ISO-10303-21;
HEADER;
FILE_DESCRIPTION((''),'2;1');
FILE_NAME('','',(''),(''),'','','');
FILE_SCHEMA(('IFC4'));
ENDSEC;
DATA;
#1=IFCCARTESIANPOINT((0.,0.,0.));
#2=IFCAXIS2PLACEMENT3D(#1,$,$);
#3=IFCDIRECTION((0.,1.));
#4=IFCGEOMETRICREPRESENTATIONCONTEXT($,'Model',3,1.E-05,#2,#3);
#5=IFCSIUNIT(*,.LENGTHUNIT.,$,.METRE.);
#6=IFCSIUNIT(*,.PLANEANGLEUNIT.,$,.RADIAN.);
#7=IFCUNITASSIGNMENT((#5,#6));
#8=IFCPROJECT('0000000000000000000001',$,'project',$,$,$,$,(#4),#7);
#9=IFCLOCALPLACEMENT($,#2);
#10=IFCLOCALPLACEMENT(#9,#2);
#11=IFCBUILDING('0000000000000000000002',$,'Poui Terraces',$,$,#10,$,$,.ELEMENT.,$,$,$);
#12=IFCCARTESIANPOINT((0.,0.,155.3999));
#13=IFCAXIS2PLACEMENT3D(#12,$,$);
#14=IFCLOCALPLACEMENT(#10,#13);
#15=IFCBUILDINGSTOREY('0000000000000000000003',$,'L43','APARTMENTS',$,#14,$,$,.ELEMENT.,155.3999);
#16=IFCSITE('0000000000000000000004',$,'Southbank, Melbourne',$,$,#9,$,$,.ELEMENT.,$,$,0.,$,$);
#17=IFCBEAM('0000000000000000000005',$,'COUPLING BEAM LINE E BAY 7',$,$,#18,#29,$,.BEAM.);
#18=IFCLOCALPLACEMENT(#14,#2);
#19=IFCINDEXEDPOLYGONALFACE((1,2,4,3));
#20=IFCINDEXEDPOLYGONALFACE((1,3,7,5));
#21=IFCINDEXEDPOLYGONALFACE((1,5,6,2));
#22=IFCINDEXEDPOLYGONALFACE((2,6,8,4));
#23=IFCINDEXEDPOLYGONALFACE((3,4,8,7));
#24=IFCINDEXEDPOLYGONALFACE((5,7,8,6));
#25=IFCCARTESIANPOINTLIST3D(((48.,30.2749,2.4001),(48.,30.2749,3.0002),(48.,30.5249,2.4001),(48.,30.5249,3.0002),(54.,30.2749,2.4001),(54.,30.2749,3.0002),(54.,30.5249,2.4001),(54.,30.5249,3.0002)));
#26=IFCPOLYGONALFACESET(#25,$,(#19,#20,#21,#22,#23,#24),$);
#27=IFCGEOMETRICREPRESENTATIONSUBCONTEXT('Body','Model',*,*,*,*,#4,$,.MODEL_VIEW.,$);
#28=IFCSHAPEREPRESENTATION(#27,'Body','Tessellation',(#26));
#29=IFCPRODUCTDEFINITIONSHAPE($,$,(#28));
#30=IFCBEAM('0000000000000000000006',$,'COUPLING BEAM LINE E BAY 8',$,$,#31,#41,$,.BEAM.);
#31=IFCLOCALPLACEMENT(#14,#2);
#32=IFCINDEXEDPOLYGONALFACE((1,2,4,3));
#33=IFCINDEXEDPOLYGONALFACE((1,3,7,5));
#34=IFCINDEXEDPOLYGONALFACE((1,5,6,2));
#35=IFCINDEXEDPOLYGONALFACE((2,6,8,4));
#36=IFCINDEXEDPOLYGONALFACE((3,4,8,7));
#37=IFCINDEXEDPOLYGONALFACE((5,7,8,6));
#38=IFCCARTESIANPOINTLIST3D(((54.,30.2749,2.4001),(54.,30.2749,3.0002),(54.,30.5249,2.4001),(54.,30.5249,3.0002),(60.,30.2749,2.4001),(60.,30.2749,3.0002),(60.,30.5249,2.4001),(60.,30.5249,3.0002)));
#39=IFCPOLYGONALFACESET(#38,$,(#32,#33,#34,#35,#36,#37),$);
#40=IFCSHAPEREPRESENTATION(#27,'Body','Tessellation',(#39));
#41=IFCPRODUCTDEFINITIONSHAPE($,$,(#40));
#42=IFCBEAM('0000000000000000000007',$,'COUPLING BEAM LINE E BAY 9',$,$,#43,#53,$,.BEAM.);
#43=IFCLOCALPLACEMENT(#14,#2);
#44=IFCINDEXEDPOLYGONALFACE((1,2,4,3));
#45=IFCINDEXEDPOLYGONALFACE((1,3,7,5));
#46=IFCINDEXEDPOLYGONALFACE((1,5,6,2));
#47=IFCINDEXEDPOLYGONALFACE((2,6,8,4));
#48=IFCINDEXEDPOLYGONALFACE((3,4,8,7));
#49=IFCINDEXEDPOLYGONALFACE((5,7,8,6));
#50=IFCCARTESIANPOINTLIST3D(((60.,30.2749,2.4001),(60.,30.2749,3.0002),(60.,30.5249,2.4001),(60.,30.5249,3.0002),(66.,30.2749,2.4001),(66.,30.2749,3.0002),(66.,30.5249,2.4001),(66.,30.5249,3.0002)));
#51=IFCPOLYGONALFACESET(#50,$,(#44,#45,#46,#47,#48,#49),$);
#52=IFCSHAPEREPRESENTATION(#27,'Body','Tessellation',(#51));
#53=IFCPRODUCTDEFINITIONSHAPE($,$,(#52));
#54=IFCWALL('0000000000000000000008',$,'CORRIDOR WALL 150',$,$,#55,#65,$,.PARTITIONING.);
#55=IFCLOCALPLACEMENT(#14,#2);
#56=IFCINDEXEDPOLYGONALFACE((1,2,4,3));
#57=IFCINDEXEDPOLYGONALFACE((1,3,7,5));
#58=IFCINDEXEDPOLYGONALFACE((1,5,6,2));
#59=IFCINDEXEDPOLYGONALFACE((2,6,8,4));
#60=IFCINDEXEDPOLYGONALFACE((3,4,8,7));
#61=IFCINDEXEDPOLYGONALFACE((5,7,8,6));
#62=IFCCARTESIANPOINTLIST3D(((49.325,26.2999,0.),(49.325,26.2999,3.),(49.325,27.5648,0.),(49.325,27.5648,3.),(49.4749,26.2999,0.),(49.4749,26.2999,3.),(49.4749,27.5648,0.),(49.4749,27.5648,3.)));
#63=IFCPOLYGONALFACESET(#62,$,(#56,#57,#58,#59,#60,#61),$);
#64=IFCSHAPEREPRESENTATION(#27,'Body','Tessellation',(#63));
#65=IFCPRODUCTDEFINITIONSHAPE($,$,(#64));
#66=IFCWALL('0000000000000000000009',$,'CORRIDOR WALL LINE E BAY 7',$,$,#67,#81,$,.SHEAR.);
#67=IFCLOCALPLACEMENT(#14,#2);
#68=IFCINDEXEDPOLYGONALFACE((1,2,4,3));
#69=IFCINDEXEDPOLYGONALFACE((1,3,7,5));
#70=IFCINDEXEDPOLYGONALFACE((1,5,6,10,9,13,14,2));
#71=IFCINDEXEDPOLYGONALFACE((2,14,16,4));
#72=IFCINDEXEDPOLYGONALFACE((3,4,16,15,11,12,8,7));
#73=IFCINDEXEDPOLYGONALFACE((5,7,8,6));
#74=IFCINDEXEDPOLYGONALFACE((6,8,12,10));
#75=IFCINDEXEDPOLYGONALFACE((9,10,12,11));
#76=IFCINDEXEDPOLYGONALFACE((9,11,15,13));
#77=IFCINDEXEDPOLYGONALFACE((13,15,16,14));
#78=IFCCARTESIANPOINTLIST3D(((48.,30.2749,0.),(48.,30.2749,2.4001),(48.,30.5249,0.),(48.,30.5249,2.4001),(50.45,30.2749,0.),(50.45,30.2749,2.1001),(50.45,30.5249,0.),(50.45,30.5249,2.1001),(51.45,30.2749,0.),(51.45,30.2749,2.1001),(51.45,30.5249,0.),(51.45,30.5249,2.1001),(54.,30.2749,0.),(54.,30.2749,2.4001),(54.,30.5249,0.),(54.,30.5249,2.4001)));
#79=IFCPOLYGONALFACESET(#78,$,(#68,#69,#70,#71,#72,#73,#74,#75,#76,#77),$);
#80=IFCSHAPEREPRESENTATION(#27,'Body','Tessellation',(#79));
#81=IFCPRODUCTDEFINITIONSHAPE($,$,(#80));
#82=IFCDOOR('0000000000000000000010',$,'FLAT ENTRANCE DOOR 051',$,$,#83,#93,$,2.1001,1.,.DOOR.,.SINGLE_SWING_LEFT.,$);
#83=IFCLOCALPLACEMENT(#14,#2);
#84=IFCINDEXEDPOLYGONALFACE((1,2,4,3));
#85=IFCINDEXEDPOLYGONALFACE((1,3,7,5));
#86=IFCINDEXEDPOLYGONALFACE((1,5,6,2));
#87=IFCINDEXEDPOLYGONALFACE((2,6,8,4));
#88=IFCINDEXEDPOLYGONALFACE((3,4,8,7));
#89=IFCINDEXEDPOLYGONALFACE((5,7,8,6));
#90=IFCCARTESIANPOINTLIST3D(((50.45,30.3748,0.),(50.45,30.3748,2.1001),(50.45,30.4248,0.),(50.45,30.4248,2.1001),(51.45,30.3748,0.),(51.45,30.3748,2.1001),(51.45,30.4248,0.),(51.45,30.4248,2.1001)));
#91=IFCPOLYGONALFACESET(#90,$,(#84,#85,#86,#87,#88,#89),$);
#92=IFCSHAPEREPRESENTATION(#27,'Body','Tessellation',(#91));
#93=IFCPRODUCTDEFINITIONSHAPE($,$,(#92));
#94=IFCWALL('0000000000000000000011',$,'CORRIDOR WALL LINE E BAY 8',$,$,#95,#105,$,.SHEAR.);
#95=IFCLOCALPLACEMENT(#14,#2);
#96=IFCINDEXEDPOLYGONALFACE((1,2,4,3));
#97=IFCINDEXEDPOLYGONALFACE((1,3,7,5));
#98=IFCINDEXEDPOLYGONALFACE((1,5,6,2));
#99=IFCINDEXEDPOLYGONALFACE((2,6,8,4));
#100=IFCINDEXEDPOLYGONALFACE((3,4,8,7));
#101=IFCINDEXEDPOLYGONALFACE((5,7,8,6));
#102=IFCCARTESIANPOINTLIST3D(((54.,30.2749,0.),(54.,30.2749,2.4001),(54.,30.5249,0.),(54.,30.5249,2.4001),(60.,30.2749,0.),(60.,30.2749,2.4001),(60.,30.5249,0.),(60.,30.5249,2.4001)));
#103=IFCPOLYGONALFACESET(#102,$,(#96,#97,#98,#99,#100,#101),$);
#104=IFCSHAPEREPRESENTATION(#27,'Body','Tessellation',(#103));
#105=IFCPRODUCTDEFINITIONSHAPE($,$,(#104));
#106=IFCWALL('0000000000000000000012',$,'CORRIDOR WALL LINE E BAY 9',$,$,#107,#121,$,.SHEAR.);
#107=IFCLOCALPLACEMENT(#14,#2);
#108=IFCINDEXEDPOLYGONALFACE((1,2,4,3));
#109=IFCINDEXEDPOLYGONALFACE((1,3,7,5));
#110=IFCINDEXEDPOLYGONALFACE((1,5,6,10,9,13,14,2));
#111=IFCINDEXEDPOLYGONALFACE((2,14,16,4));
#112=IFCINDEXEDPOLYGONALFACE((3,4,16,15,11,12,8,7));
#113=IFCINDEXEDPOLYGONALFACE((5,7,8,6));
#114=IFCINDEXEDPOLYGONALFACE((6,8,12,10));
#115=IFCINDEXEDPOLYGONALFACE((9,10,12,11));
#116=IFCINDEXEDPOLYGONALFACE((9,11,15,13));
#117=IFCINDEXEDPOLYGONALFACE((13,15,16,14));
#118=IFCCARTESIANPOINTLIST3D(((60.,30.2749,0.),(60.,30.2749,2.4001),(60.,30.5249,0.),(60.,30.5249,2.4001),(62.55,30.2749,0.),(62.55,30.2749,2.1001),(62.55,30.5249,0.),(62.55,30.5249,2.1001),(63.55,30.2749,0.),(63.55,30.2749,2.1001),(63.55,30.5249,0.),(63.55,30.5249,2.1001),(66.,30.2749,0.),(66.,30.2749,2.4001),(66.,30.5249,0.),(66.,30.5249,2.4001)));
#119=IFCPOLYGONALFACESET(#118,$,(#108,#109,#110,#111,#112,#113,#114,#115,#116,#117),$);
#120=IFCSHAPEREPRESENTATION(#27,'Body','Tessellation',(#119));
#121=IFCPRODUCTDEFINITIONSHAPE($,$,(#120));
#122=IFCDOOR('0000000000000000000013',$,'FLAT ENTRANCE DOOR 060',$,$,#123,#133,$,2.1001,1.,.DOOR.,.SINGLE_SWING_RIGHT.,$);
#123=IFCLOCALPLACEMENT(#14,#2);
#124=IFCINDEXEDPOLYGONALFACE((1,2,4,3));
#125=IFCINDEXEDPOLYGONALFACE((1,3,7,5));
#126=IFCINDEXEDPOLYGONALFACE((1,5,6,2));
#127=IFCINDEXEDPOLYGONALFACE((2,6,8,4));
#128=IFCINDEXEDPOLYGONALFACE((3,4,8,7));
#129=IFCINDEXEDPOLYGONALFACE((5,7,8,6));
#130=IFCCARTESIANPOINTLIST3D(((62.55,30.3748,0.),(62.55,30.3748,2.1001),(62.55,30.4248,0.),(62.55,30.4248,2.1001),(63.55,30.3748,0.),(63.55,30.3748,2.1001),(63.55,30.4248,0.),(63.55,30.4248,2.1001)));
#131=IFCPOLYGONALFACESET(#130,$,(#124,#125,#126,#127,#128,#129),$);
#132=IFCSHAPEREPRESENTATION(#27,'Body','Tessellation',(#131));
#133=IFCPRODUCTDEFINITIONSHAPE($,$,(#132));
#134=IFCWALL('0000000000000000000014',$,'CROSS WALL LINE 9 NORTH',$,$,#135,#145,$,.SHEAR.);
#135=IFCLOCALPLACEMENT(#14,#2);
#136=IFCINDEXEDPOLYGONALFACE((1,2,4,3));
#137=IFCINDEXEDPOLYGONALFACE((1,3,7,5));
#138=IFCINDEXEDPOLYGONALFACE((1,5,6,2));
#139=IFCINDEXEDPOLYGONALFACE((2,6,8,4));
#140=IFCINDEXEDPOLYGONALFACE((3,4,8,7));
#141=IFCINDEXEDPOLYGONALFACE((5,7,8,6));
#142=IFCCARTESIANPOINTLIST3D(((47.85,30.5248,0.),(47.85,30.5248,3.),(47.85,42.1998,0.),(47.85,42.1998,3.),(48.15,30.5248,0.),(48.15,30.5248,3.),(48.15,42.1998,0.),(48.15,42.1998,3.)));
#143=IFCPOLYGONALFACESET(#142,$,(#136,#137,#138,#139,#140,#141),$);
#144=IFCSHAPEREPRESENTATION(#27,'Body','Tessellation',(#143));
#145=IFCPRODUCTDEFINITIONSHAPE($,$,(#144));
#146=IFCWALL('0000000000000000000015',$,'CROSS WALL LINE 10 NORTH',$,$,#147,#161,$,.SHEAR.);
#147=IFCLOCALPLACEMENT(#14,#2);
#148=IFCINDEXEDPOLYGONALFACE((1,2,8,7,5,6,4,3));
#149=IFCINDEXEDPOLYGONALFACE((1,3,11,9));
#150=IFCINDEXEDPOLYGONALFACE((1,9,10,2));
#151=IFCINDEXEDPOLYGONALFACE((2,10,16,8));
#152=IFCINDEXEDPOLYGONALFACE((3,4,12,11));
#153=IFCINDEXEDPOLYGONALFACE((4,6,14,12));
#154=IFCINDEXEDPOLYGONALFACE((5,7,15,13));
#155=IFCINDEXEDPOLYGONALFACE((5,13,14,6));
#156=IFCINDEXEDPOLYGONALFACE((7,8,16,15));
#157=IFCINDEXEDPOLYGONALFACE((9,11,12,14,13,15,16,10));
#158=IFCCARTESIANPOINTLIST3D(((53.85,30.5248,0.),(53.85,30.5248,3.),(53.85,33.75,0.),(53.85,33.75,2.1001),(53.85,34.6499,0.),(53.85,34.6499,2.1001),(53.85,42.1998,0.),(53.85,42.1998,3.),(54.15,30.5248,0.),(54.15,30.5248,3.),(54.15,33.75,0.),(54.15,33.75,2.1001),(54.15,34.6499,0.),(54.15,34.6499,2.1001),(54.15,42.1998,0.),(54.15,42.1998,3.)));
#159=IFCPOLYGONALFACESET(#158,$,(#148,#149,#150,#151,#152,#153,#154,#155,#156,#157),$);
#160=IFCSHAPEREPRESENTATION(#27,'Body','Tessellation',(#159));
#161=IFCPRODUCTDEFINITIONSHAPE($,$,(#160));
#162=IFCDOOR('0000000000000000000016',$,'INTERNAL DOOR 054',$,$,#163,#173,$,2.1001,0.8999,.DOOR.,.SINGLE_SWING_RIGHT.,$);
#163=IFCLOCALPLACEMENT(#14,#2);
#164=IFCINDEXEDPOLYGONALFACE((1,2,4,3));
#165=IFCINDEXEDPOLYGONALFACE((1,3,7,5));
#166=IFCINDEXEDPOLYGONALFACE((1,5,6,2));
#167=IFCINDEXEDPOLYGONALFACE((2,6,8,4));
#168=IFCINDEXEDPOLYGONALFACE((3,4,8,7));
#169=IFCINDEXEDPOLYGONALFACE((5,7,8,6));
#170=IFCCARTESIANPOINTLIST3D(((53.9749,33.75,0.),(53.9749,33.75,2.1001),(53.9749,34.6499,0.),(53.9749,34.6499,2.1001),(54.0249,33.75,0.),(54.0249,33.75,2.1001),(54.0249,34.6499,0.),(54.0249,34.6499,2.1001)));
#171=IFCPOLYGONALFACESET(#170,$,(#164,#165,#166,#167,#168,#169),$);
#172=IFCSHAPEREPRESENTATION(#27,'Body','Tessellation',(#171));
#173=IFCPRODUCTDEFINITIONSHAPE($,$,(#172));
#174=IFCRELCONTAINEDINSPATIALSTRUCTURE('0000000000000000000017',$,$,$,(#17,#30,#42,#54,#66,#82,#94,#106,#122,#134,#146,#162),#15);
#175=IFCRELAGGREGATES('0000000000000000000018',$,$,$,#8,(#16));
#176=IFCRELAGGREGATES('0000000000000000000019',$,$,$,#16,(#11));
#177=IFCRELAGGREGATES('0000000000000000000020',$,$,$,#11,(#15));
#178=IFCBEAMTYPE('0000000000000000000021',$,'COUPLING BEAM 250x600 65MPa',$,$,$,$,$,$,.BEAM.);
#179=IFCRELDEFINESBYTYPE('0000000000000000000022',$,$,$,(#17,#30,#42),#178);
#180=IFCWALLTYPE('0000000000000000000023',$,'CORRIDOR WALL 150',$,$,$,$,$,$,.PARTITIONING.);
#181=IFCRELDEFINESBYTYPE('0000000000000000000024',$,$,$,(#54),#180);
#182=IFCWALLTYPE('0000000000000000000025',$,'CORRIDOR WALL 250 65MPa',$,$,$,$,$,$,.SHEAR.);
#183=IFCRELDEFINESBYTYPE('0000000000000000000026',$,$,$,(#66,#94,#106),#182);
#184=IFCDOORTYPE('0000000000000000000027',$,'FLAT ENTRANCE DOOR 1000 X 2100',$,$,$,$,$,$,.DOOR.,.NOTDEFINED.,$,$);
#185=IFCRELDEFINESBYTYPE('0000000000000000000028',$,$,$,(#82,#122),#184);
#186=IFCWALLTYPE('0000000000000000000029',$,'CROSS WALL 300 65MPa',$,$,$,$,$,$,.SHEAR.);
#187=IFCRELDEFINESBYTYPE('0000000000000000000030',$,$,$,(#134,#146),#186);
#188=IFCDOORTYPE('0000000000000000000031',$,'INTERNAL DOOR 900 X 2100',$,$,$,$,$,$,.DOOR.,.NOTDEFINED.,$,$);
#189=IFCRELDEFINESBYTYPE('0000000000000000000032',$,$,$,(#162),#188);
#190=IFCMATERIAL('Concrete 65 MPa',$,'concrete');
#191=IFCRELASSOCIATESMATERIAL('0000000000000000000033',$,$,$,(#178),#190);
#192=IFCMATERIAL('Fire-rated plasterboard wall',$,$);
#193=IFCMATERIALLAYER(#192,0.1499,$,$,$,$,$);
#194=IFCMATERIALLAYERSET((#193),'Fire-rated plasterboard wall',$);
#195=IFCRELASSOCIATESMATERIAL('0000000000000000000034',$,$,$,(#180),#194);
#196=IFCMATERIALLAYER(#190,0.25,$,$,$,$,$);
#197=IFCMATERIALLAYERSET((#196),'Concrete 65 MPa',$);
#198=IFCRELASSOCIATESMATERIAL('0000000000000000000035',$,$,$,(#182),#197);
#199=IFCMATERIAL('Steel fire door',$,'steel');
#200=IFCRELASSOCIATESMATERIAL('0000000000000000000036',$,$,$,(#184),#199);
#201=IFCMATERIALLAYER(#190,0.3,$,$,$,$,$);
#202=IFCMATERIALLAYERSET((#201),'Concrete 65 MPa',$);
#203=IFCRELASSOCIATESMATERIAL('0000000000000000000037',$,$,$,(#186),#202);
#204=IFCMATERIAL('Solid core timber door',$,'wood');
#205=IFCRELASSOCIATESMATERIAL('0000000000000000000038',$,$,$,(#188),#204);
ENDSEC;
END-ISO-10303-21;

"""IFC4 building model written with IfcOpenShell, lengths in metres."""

from ifc_helpers import new_model, si_unit, direction, frame, frame_2d, origin, origin_2d, place, context, subcontext, project, spatial, rectangle, extrude, source, transform, mapped, material, layer, layer_set, material_profile, profile_set, type_object, element, fill, save


model = new_model("IFC4")

# Units and contexts
model_context = context("Model", 3, precision=1e-05, world=origin(), true_north=direction((0.0, 1.0)))
body_context = subcontext(model_context, "Body", "Model", "MODEL_VIEW")
ifc_project = project(units=[si_unit("LENGTHUNIT", "METRE"), si_unit("PLANEANGLEUNIT", "RADIAN")], contexts=[model_context])

# Site, building, storey
site_placement = place(None, origin())
site = spatial("IfcSite", under=ifc_project, at=site_placement, Name="Southbank, Melbourne", CompositionType="ELEMENT", RefElevation=0.0)
building_placement = place(site_placement, origin())
building = spatial("IfcBuilding", under=site, at=building_placement, Name="Poui Terraces", CompositionType="ELEMENT")
storey_placement = place(building_placement, frame((0.0, 0.0, 155.3999)))
storey = spatial("IfcBuildingStorey", under=building, at=storey_placement, Name="L43", Description="APARTMENTS", CompositionType="ELEMENT", Elevation=155.3999)

# Beams
ifc_material_1 = material(Name="Concrete 65 MPa", Category="concrete")
ifc_material_profile = material_profile(ifc_material_1, rectangle(XDim=0.25, YDim=0.6001, at=origin_2d()), Name="RC 250x600")
ifc_profile_set = profile_set([ifc_material_profile], Name="Concrete 65 MPa")
beam_type = type_object("IfcBeamType", Name="COUPLING BEAM 250x600 65MPa", PredefinedType="BEAM", material=ifc_profile_set)
shared_shape = source(origin(), body_context, "Body", "SweptSolid", [
    extrude(rectangle(XDim=0.25, YDim=0.6001, at=origin_2d()), origin(), (0.0, 0.0, 1.0), 6.0),
])
for number, where, z_axis, x_axis, name in (
    (1, (48.0, 30.3999, 2.7002), (1.0, 0.0, 0.0), (0.0, 1.0, 0.0), "COUPLING BEAM LINE E BAY 7"),
    (2, (54.0, 30.3999, 2.7002), (1.0, 0.0, 0.0), (0.0, 1.0, 0.0), "COUPLING BEAM LINE E BAY 8"),
    (3, (60.0, 30.3999, 2.7002), (1.0, 0.0, 0.0), (0.0, 1.0, 0.0), "COUPLING BEAM LINE E BAY 9"),
):
    element("IfcBeam", number, at=place(storey_placement, frame(where, z_axis=z_axis, x_axis=x_axis)), inside=storey, type_object=beam_type, Name=name, PredefinedType="BEAM", context=body_context, shape_type="MappedRepresentation", body=[
        mapped(shared_shape, transform((0.0, 0.0, 0.0))),
    ])

# Wall
ifc_material_2 = material(Name="Fire-rated plasterboard wall")
ifc_layer_1 = layer(ifc_material_2, 0.1499)
ifc_layer_set_1 = layer_set([ifc_layer_1], Name="Fire-rated plasterboard wall")
wall_type_1 = type_object("IfcWallType", Name="CORRIDOR WALL 150", PredefinedType="PARTITIONING", material=ifc_layer_set_1)
wall_1_placement = place(storey_placement, frame((49.3999, 26.3, 0.0), z_axis=(0.0, 0.0, 1.0), x_axis=(0.0, 1.0, 0.0)))
element("IfcWall", 4, at=wall_1_placement, inside=storey, type_object=wall_type_1, Name="CORRIDOR WALL 150", PredefinedType="PARTITIONING", context=body_context, shape_type="SweptSolid", body=[
    extrude(rectangle(XDim=1.2649, YDim=0.1499, at=frame_2d((0.6323, 0.0))), origin(), (0.0, 0.0, 1.0), 3.0),
])

# Wall, opening, door
ifc_layer_2 = layer(ifc_material_1, 0.25)
ifc_layer_set_2 = layer_set([ifc_layer_2], Name="Concrete 65 MPa")
wall_type_2 = type_object("IfcWallType", Name="CORRIDOR WALL 250 65MPa", PredefinedType="SHEAR", material=ifc_layer_set_2)
wall_2_placement = place(storey_placement, frame((48.0, 30.3999, 0.0), z_axis=(0.0, 0.0, 1.0), x_axis=(1.0, 0.0, 0.0)))
wall_2 = element("IfcWall", 5, at=wall_2_placement, inside=storey, type_object=wall_type_2, Name="CORRIDOR WALL LINE E BAY 7", PredefinedType="SHEAR", context=body_context, shape_type="SweptSolid", body=[
    extrude(rectangle(XDim=6.0, YDim=0.25, at=frame_2d((3.0, 0.0))), origin(), (0.0, 0.0, 1.0), 2.4001),
])
opening_1_placement = place(wall_2_placement, frame((2.45, 0.0, 0.0)))
opening_1 = element("IfcOpeningElement", 6, at=opening_1_placement, cuts=wall_2, PredefinedType="OPENING", context=body_context, shape_type="SweptSolid", body=[
    extrude(rectangle(XDim=1.0, YDim=2.1001, at=frame_2d((0.5, 1.05))), frame((0.0, 0.135, 0.0), z_axis=(0.0, -1.0, 0.0), x_axis=(1.0, 0.0, 0.0)), (0.0, 0.0, 1.0), 0.27),
])
ifc_material_3 = material(Name="Steel fire door", Category="steel")
door_type_1 = type_object("IfcDoorType", Name="FLAT ENTRANCE DOOR 1000 X 2100", OperationType="NOTDEFINED", PredefinedType="DOOR", material=ifc_material_3)
door_1_placement = place(opening_1_placement, origin())
door_1 = element("IfcDoor", 7, at=door_1_placement, inside=storey, type_object=door_type_1, Name="FLAT ENTRANCE DOOR 051", OperationType="SINGLE_SWING_LEFT", OverallHeight=2.1001, OverallWidth=1.0, PredefinedType="DOOR", context=body_context, shape_type="SweptSolid", body=[
    extrude(rectangle(XDim=1.0, YDim=2.1001, at=frame_2d((0.5, 1.05))), frame((0.0, 0.0249, 0.0), z_axis=(0.0, -1.0, 0.0), x_axis=(1.0, 0.0, 0.0)), (0.0, 0.0, 1.0), 0.05),
])
fill(opening_1, door_1)

# Wall
wall_3_placement = place(storey_placement, frame((54.0, 30.3999, 0.0), z_axis=(0.0, 0.0, 1.0), x_axis=(1.0, 0.0, 0.0)))
element("IfcWall", 8, at=wall_3_placement, inside=storey, type_object=wall_type_2, Name="CORRIDOR WALL LINE E BAY 8", PredefinedType="SHEAR", context=body_context, shape_type="SweptSolid", body=[
    extrude(rectangle(XDim=6.0, YDim=0.25, at=frame_2d((3.0, 0.0))), origin(), (0.0, 0.0, 1.0), 2.4001),
])

# Wall, opening, door
wall_4_placement = place(storey_placement, frame((60.0, 30.3999, 0.0), z_axis=(0.0, 0.0, 1.0), x_axis=(1.0, 0.0, 0.0)))
wall_4 = element("IfcWall", 9, at=wall_4_placement, inside=storey, type_object=wall_type_2, Name="CORRIDOR WALL LINE E BAY 9", PredefinedType="SHEAR", context=body_context, shape_type="SweptSolid", body=[
    extrude(rectangle(XDim=6.0, YDim=0.25, at=frame_2d((3.0, 0.0))), origin(), (0.0, 0.0, 1.0), 2.4001),
])
opening_2_placement = place(wall_4_placement, frame((2.55, 0.0, 0.0)))
opening_2 = element("IfcOpeningElement", 10, at=opening_2_placement, cuts=wall_4, PredefinedType="OPENING", context=body_context, shape_type="SweptSolid", body=[
    extrude(rectangle(XDim=1.0, YDim=2.1001, at=frame_2d((0.5, 1.05))), frame((0.0, 0.135, 0.0), z_axis=(0.0, -1.0, 0.0), x_axis=(1.0, 0.0, 0.0)), (0.0, 0.0, 1.0), 0.27),
])
door_2_placement = place(opening_2_placement, origin())
door_2 = element("IfcDoor", 11, at=door_2_placement, inside=storey, type_object=door_type_1, Name="FLAT ENTRANCE DOOR 060", OperationType="SINGLE_SWING_RIGHT", OverallHeight=2.1001, OverallWidth=1.0, PredefinedType="DOOR", context=body_context, shape_type="SweptSolid", body=[
    extrude(rectangle(XDim=1.0, YDim=2.1001, at=frame_2d((0.5, 1.05))), frame((0.0, 0.0249, 0.0), z_axis=(0.0, -1.0, 0.0), x_axis=(1.0, 0.0, 0.0)), (0.0, 0.0, 1.0), 0.05),
])
fill(opening_2, door_2)

# Wall
ifc_layer_3 = layer(ifc_material_1, 0.3)
ifc_layer_set_3 = layer_set([ifc_layer_3], Name="Concrete 65 MPa")
wall_type_3 = type_object("IfcWallType", Name="CROSS WALL 300 65MPa", PredefinedType="SHEAR", material=ifc_layer_set_3)
wall_5_placement = place(storey_placement, frame((48.0, 30.5249, 0.0), z_axis=(0.0, 0.0, 1.0), x_axis=(0.0, 1.0, 0.0)))
element("IfcWall", 12, at=wall_5_placement, inside=storey, type_object=wall_type_3, Name="CROSS WALL LINE 9 NORTH", PredefinedType="SHEAR", context=body_context, shape_type="SweptSolid", body=[
    extrude(rectangle(XDim=11.675, YDim=0.3, at=frame_2d((5.8374, 0.0))), origin(), (0.0, 0.0, 1.0), 3.0),
])

# Wall, opening, door
wall_6_placement = place(storey_placement, frame((54.0, 30.5249, 0.0), z_axis=(0.0, 0.0, 1.0), x_axis=(0.0, 1.0, 0.0)))
wall_6 = element("IfcWall", 13, at=wall_6_placement, inside=storey, type_object=wall_type_3, Name="CROSS WALL LINE 10 NORTH", PredefinedType="SHEAR", context=body_context, shape_type="SweptSolid", body=[
    extrude(rectangle(XDim=11.675, YDim=0.3, at=frame_2d((5.8374, 0.0))), origin(), (0.0, 0.0, 1.0), 3.0),
])
opening_3_placement = place(wall_6_placement, frame((3.2251, 0.0, 0.0)))
opening_3 = element("IfcOpeningElement", 14, at=opening_3_placement, cuts=wall_6, PredefinedType="OPENING", context=body_context, shape_type="SweptSolid", body=[
    extrude(rectangle(XDim=0.8999, YDim=2.1001, at=frame_2d((0.45, 1.05))), frame((0.0, 0.1602, 0.0), z_axis=(0.0, -1.0, 0.0), x_axis=(1.0, 0.0, 0.0)), (0.0, 0.0, 1.0), 0.3201),
])
ifc_material_4 = material(Name="Solid core timber door", Category="wood")
door_type_2 = type_object("IfcDoorType", Name="INTERNAL DOOR 900 X 2100", OperationType="NOTDEFINED", PredefinedType="DOOR", material=ifc_material_4)
door_3_placement = place(opening_3_placement, frame((0.8999, 0.0, 0.0), z_axis=(0.0, 0.0, 1.0), x_axis=(-1.0, 0.0, 0.0)))
door_3 = element("IfcDoor", 15, at=door_3_placement, inside=storey, type_object=door_type_2, Name="INTERNAL DOOR 054", OperationType="SINGLE_SWING_RIGHT", OverallHeight=2.1001, OverallWidth=0.8999, PredefinedType="DOOR", context=body_context, shape_type="SweptSolid", body=[
    extrude(rectangle(XDim=0.8999, YDim=2.1001, at=frame_2d((0.45, 1.05))), frame((0.0, 0.0249, 0.0), z_axis=(0.0, -1.0, 0.0), x_axis=(1.0, 0.0, 0.0)), (0.0, 0.0, 1.0), 0.05),
])
fill(opening_3, door_3)

save(model, "model.ifc")
